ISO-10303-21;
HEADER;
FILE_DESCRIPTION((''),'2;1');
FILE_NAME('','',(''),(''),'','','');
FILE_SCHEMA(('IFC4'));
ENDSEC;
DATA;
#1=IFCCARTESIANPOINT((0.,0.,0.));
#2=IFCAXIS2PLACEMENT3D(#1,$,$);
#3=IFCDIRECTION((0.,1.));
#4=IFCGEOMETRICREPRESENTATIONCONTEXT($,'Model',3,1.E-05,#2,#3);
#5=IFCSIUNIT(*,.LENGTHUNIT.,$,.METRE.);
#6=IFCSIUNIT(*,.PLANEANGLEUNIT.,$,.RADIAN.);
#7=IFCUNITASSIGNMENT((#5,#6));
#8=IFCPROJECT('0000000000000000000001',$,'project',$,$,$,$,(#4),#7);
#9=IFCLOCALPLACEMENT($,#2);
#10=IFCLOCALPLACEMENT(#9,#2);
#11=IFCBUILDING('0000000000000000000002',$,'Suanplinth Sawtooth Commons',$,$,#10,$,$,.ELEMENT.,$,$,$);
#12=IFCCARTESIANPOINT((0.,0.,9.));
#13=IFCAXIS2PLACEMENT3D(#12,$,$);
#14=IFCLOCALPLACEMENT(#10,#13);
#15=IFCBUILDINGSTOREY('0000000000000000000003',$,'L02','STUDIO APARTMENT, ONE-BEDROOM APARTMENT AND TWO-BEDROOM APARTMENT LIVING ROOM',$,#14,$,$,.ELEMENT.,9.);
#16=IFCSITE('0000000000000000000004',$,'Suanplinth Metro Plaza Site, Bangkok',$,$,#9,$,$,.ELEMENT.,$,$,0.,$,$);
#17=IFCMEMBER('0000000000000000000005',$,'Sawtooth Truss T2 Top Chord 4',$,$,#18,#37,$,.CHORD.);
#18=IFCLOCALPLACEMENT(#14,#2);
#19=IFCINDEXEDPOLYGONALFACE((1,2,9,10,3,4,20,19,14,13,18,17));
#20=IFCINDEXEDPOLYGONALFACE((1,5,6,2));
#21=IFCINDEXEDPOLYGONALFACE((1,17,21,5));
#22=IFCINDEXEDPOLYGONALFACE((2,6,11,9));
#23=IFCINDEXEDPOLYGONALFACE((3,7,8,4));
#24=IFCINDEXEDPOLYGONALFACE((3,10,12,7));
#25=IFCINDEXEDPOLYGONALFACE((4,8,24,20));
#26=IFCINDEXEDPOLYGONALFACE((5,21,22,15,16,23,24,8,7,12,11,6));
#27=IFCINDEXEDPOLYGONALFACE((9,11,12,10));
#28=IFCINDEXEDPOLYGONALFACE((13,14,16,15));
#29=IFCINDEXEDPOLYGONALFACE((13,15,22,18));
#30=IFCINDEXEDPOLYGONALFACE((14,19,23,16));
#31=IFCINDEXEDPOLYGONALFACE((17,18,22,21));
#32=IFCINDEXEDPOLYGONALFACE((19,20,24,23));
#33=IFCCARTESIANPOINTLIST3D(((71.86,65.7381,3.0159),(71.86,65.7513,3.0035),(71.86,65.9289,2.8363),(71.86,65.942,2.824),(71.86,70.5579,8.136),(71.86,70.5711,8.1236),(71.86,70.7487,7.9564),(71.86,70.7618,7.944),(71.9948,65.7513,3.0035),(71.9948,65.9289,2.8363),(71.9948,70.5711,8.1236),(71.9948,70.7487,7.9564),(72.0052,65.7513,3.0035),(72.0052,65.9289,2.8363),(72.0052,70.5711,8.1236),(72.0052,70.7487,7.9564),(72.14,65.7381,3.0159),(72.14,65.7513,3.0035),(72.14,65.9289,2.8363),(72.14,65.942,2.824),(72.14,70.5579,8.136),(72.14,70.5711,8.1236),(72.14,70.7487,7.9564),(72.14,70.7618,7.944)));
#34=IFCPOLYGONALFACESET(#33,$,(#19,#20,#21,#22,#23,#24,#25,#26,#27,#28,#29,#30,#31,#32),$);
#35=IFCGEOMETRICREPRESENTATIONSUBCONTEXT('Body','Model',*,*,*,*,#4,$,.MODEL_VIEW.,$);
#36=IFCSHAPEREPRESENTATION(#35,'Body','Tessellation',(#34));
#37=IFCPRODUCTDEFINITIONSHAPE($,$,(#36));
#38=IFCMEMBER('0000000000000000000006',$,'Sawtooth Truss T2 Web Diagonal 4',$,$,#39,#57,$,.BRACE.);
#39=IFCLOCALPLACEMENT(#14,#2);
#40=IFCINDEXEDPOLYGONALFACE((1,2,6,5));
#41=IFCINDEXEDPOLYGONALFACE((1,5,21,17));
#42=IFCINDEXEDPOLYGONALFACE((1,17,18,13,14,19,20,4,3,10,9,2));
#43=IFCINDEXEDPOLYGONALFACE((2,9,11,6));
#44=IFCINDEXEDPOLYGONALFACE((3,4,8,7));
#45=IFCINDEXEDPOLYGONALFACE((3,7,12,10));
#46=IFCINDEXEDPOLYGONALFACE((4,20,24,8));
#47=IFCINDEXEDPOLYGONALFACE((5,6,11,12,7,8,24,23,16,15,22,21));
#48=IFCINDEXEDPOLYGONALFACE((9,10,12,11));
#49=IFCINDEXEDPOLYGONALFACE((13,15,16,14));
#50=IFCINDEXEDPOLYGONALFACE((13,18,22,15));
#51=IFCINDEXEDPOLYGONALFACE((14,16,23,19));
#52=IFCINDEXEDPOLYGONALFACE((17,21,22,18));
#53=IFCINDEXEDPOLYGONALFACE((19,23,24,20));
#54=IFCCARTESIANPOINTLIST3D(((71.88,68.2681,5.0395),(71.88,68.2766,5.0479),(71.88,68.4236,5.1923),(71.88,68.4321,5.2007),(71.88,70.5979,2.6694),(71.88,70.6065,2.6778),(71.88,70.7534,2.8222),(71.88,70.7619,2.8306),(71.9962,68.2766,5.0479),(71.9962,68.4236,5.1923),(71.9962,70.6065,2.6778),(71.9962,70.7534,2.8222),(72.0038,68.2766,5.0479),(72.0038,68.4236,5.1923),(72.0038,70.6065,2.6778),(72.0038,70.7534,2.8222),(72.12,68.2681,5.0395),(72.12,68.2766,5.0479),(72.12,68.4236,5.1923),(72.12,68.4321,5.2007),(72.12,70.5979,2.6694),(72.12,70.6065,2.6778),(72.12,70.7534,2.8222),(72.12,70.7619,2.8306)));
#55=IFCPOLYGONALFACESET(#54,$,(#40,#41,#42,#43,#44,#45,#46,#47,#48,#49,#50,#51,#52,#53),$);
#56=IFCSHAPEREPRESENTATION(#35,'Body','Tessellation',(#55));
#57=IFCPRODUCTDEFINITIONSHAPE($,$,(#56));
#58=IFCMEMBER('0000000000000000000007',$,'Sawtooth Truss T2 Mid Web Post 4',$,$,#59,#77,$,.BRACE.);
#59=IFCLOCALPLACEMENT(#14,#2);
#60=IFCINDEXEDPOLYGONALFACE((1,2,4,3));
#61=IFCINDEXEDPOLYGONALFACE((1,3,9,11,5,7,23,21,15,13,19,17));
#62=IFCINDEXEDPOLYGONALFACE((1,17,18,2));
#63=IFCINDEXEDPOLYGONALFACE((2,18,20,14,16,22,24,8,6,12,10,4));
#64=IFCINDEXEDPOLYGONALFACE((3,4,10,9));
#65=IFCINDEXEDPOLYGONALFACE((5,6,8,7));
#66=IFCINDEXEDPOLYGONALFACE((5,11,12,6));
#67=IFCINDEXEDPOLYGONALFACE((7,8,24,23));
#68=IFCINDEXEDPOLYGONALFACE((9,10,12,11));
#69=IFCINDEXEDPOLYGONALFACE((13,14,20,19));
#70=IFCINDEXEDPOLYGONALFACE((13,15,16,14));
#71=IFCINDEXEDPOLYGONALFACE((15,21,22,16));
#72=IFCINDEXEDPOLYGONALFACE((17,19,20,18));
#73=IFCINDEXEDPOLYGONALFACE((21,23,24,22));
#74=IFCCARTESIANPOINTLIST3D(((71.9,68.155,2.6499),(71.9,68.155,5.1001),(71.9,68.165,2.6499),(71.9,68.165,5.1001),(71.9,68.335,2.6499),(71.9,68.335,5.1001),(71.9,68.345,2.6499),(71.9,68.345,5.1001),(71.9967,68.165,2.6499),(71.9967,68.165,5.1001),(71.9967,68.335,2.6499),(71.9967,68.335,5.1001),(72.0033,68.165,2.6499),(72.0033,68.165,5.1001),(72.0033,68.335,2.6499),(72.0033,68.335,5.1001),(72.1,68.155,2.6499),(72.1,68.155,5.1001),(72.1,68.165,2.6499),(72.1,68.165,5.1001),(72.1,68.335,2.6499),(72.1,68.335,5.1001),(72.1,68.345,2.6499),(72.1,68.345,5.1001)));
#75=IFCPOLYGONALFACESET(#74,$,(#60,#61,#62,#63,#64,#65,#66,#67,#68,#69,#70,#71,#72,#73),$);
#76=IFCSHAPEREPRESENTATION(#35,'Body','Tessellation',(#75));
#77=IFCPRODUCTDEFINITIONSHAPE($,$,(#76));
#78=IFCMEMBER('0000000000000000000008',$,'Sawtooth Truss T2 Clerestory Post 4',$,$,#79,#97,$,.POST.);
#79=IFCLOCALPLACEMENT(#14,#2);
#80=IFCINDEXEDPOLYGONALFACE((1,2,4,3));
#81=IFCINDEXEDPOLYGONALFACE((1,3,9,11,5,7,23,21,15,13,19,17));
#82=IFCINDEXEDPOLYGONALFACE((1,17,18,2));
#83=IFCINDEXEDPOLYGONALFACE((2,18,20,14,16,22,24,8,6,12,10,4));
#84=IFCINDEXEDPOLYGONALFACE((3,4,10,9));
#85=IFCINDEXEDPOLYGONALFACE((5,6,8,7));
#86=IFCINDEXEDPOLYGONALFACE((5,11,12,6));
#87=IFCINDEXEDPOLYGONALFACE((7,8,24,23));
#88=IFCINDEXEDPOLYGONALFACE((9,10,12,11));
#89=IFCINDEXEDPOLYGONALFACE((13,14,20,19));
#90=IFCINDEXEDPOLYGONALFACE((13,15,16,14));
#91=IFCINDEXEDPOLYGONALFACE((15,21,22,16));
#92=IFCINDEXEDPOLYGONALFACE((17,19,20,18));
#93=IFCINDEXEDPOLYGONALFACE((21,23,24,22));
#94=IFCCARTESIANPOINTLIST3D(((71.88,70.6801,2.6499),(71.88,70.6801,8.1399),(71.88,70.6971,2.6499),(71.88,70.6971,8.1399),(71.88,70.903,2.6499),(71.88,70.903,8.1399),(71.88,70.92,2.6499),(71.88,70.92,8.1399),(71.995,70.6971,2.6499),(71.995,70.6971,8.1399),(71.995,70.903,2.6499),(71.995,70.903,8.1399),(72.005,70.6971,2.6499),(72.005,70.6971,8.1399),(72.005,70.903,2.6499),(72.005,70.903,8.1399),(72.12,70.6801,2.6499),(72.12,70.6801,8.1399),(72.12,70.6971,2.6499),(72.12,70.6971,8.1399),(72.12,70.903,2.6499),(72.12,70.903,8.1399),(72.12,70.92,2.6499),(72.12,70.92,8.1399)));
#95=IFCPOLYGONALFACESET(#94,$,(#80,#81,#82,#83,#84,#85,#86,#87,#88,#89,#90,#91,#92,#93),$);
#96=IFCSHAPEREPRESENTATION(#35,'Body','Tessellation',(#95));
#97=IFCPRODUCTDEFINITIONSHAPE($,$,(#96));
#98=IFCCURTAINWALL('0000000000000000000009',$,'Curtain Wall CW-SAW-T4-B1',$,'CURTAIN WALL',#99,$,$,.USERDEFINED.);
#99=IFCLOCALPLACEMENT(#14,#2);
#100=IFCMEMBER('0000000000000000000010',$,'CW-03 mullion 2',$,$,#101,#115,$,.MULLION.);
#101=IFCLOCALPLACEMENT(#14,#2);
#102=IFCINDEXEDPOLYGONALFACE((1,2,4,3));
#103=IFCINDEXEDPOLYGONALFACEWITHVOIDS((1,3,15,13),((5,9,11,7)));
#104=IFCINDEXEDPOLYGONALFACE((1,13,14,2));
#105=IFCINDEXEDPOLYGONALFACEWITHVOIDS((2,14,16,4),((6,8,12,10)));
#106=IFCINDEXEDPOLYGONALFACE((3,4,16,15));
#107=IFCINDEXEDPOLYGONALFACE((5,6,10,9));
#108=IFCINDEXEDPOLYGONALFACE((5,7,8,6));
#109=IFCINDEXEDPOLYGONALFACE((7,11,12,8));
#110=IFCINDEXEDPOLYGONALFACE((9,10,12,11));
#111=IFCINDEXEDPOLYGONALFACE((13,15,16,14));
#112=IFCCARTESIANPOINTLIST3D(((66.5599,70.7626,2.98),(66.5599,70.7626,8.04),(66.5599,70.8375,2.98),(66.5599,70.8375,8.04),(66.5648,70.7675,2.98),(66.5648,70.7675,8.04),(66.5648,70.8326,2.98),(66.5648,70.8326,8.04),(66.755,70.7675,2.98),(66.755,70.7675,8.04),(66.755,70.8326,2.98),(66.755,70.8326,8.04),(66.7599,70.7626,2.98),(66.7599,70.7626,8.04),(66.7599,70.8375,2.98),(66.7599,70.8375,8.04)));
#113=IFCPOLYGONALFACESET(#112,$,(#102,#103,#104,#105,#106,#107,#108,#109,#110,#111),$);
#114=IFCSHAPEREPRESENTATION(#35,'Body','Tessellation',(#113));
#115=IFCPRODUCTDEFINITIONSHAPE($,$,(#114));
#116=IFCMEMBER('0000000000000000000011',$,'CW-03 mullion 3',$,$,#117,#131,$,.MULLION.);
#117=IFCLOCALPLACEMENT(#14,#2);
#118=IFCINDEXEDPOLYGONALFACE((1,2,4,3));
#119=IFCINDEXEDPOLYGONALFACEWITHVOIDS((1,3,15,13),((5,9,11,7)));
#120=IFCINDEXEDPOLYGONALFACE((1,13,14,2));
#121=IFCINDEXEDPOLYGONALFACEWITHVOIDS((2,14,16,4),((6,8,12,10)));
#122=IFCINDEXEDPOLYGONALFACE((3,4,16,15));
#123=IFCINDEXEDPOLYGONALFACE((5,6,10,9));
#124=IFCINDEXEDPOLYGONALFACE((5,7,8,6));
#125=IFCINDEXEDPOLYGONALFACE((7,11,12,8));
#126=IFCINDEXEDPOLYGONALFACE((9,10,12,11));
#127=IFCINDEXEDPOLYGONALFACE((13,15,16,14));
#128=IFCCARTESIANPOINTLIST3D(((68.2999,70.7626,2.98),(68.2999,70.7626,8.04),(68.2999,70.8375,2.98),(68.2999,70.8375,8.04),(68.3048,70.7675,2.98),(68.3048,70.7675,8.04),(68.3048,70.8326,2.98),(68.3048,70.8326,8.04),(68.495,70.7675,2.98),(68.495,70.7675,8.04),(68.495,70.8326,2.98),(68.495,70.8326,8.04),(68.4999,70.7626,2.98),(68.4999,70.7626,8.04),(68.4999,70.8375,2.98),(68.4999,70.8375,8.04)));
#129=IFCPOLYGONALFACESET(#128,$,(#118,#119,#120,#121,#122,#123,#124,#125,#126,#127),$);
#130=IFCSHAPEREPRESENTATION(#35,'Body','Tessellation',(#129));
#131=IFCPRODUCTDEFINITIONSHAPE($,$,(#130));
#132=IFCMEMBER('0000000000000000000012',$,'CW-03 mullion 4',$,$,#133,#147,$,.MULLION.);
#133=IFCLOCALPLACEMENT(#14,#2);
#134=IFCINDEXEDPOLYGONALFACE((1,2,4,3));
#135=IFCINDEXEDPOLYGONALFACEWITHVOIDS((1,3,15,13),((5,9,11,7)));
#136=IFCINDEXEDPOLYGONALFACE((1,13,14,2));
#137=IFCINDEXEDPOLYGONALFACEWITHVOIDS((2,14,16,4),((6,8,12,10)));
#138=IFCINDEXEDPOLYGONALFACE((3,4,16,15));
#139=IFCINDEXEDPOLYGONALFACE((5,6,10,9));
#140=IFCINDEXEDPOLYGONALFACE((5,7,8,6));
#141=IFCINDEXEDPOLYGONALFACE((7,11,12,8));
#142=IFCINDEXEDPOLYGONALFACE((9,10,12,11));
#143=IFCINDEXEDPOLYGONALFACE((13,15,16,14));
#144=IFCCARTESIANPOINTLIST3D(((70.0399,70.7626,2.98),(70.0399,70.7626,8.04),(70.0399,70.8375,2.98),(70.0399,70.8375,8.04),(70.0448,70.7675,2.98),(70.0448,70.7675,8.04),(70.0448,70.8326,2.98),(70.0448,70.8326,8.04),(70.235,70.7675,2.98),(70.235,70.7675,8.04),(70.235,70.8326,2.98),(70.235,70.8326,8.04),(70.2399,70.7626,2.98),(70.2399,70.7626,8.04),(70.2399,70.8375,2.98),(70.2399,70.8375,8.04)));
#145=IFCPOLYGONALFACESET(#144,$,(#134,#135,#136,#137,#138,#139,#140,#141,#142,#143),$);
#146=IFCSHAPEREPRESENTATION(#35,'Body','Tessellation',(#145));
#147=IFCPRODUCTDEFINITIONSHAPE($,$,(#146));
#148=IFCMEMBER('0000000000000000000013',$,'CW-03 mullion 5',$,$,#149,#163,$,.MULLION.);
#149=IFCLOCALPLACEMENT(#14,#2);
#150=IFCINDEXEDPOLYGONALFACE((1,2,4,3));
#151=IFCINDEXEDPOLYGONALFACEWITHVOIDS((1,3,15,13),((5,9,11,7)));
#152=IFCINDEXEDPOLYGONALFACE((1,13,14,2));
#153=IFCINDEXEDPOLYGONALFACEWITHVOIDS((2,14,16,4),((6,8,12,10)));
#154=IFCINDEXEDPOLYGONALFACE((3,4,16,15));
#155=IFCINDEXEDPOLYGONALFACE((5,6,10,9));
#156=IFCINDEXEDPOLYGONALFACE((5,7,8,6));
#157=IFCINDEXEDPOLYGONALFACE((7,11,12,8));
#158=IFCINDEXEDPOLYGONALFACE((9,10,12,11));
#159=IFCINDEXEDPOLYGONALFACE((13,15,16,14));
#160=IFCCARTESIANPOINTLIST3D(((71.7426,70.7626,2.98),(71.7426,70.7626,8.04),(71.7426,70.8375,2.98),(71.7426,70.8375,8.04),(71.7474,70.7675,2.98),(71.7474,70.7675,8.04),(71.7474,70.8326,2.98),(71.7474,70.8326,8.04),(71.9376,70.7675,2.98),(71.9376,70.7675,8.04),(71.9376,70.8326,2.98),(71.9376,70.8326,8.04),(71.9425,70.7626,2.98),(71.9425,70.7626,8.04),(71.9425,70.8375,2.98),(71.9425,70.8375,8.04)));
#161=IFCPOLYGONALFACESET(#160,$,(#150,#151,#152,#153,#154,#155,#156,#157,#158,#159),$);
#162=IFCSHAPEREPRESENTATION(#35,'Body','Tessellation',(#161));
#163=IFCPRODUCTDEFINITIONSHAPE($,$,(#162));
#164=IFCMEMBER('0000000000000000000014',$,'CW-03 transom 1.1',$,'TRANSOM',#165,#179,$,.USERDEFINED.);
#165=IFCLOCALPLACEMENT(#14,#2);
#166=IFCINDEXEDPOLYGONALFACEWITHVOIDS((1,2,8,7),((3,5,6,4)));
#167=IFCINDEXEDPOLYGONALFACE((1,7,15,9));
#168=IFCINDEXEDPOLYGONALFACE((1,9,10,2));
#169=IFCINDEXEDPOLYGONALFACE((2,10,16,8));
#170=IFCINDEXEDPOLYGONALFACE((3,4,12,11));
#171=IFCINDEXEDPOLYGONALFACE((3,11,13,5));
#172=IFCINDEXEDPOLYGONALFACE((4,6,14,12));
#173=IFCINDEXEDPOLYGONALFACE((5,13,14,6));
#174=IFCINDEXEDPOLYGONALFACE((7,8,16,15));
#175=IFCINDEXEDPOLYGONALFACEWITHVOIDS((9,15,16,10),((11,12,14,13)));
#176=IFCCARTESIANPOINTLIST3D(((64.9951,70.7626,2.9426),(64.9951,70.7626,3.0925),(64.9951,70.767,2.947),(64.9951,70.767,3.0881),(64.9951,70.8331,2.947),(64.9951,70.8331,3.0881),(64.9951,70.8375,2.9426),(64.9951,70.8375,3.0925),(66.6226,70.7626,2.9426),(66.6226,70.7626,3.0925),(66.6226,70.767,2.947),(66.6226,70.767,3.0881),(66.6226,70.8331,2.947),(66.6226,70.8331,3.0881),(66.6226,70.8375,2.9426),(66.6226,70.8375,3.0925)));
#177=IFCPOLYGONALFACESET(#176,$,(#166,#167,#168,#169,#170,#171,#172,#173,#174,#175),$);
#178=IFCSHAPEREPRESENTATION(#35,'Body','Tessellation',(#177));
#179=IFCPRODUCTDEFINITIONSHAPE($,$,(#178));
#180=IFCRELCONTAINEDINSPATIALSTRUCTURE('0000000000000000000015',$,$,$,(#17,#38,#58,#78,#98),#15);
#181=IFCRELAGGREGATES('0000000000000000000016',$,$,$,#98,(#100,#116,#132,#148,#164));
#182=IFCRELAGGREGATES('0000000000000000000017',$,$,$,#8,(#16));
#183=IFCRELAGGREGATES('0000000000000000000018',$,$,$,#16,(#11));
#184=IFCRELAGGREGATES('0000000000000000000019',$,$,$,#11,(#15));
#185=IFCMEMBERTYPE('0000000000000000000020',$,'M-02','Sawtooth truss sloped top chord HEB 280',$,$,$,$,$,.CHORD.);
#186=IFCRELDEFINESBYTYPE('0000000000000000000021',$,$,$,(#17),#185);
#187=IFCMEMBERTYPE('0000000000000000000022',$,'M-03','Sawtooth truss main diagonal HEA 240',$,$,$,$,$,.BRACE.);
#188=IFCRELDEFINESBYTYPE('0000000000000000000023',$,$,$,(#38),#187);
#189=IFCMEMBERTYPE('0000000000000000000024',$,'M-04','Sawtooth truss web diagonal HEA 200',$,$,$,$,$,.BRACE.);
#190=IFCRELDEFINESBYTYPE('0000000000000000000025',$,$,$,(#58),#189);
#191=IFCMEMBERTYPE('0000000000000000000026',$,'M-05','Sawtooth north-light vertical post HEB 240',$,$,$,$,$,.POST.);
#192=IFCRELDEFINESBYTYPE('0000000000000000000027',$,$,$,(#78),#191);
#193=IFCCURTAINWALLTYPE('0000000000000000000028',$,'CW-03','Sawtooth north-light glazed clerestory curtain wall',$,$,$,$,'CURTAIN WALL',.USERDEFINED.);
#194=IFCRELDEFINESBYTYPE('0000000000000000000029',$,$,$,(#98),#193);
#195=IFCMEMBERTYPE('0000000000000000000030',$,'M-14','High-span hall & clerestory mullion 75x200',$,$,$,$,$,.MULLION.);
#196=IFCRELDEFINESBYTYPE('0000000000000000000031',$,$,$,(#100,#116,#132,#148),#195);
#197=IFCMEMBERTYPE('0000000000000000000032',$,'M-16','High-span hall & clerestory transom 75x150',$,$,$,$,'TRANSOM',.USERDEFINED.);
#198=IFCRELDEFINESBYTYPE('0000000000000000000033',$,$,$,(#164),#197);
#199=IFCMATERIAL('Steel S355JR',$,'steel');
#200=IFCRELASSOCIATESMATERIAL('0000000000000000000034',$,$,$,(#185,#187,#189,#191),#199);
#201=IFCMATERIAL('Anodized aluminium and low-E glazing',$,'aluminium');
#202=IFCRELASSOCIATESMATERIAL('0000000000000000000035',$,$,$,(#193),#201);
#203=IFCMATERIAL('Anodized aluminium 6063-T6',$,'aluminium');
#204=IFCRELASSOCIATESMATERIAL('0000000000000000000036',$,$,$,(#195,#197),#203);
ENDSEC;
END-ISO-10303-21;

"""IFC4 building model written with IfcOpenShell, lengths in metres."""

from ifc_helpers import new_model, si_unit, direction, frame, origin, origin_2d, place, context, subcontext, project, spatial, hollow_rectangle, i_section, extrude, material, material_profile, profile_set, type_object, element, aggregate, save


model = new_model("IFC4")

# Units and contexts
model_context = context("Model", 3, precision=1e-05, world=origin(), true_north=direction((0.0, 1.0)))
body_context = subcontext(model_context, "Body", "Model", "MODEL_VIEW")
ifc_project = project(units=[si_unit("LENGTHUNIT", "METRE"), si_unit("PLANEANGLEUNIT", "RADIAN")], contexts=[model_context])

# Site, building, storey
site_placement = place(None, origin())
site = spatial("IfcSite", under=ifc_project, at=site_placement, Name="Suanplinth Metro Plaza Site, Bangkok", CompositionType="ELEMENT", RefElevation=0.0)
building_placement = place(site_placement, origin())
building = spatial("IfcBuilding", under=site, at=building_placement, Name="Suanplinth Sawtooth Commons", CompositionType="ELEMENT")
storey_placement = place(building_placement, frame((0.0, 0.0, 9.0)))
storey = spatial("IfcBuildingStorey", under=building, at=storey_placement, Name="L02", Description="STUDIO APARTMENT, ONE-BEDROOM APARTMENT AND TWO-BEDROOM APARTMENT LIVING ROOM", CompositionType="ELEMENT", Elevation=9.0)

# Members
ifc_material_1 = material(Name="Steel S355JR", Category="steel")
ifc_material_profile_1 = material_profile(ifc_material_1, i_section(OverallWidth=0.28, OverallDepth=0.28, WebThickness=0.0105, FlangeThickness=0.0181, at=origin_2d()), Name="HEB 280")
ifc_profile_set_1 = profile_set([ifc_material_profile_1], Name="Steel S355JR")
member_type_1 = type_object("IfcMemberType", Name="M-02", Description="Sawtooth truss sloped top chord HEB 280", PredefinedType="CHORD", material=ifc_profile_set_1)
member_1_placement = place(storey_placement, frame((72.0, 65.8401, 2.9199), z_axis=(0.0, 0.685432, 0.728137), x_axis=(-1.0, 0.0, 0.0)))
element("IfcMember", 1, at=member_1_placement, inside=storey, type_object=member_type_1, Name="Sawtooth Truss T2 Top Chord 4", PredefinedType="CHORD", context=body_context, shape_type="SweptSolid", body=[
    extrude(i_section(OverallWidth=0.28, OverallDepth=0.28, WebThickness=0.0105, FlangeThickness=0.0181, at=origin_2d()), origin(), (0.0, 0.0, 1.0), 7.0317),
])
ifc_material_profile_2 = material_profile(ifc_material_1, i_section(OverallWidth=0.24, OverallDepth=0.23, WebThickness=0.0076, FlangeThickness=0.012, at=origin_2d()), Name="HEA 240")
ifc_profile_set_2 = profile_set([ifc_material_profile_2], Name="Steel S355JR")
member_type_2 = type_object("IfcMemberType", Name="M-03", Description="Sawtooth truss main diagonal HEA 240", PredefinedType="BRACE", material=ifc_profile_set_2)
member_2_placement = place(storey_placement, frame((72.0, 68.3501, 5.1201), z_axis=(0.0, 0.70102, -0.713141), x_axis=(-1.0, 0.0, 0.0)))
element("IfcMember", 2, at=member_2_placement, inside=storey, type_object=member_type_2, Name="Sawtooth Truss T2 Web Diagonal 4", PredefinedType="BRACE", context=body_context, shape_type="SweptSolid", body=[
    extrude(i_section(OverallWidth=0.24, OverallDepth=0.23, WebThickness=0.0076, FlangeThickness=0.012, at=origin_2d()), origin(), (0.0, 0.0, 1.0), 3.3235),
])
ifc_material_profile_3 = material_profile(ifc_material_1, i_section(OverallWidth=0.2, OverallDepth=0.1899, WebThickness=0.0066, FlangeThickness=0.01, at=origin_2d()), Name="HEA 200")
ifc_profile_set_3 = profile_set([ifc_material_profile_3], Name="Steel S355JR")
member_type_3 = type_object("IfcMemberType", Name="M-04", Description="Sawtooth truss web diagonal HEA 200", PredefinedType="BRACE", material=ifc_profile_set_3)
member_3_placement = place(storey_placement, frame((72.0, 68.25, 2.6499), z_axis=(0.0, 0.0, 1.0), x_axis=(1.0, 0.0, 0.0)))
element("IfcMember", 3, at=member_3_placement, inside=storey, type_object=member_type_3, Name="Sawtooth Truss T2 Mid Web Post 4", PredefinedType="BRACE", context=body_context, shape_type="SweptSolid", body=[
    extrude(i_section(OverallWidth=0.2, OverallDepth=0.1899, WebThickness=0.0066, FlangeThickness=0.01, at=origin_2d()), origin(), (0.0, 0.0, 1.0), 2.4502),
])
ifc_material_profile_4 = material_profile(ifc_material_1, i_section(OverallWidth=0.24, OverallDepth=0.24, WebThickness=0.01, FlangeThickness=0.0171, at=origin_2d()), Name="HEB 240")
ifc_profile_set_4 = profile_set([ifc_material_profile_4], Name="Steel S355JR")
member_type_4 = type_object("IfcMemberType", Name="M-05", Description="Sawtooth north-light vertical post HEB 240", PredefinedType="POST", material=ifc_profile_set_4)
member_4_placement = place(storey_placement, frame((72.0, 70.8, 2.6499), z_axis=(0.0, 0.0, 1.0), x_axis=(1.0, 0.0, 0.0)))
element("IfcMember", 4, at=member_4_placement, inside=storey, type_object=member_type_4, Name="Sawtooth Truss T2 Clerestory Post 4", PredefinedType="POST", context=body_context, shape_type="SweptSolid", body=[
    extrude(i_section(OverallWidth=0.24, OverallDepth=0.24, WebThickness=0.01, FlangeThickness=0.0171, at=origin_2d()), origin(), (0.0, 0.0, 1.0), 5.49),
])

# Curtain wall, members
ifc_material_2 = material(Name="Anodized aluminium and low-E glazing", Category="aluminium")
curtain_wall_type = type_object("IfcCurtainWallType", Name="CW-03", Description="Sawtooth north-light glazed clerestory curtain wall", ElementType="CURTAIN WALL", PredefinedType="USERDEFINED", material=ifc_material_2)
curtain_wall_placement = place(storey_placement, origin())
curtain_wall = element("IfcCurtainWall", 5, at=curtain_wall_placement, inside=storey, type_object=curtain_wall_type, Name="Curtain Wall CW-SAW-T4-B1", ObjectType="CURTAIN WALL", PredefinedType="USERDEFINED")
ifc_material_3 = material(Name="Anodized aluminium 6063-T6", Category="aluminium")
ifc_material_profile_5 = material_profile(ifc_material_3, hollow_rectangle(XDim=0.075, YDim=0.2, WallThickness=0.0049, at=origin_2d()), Name="ALU-MUL 75x200")
ifc_profile_set_5 = profile_set([ifc_material_profile_5], Name="Anodized aluminium 6063-T6")
member_type_5 = type_object("IfcMemberType", Name="M-14", Description="High-span hall & clerestory mullion 75x200", PredefinedType="MULLION", material=ifc_profile_set_5)
member_5_placement = place(storey_placement, frame((66.6599, 70.8, 2.98), z_axis=(0.0, 0.0, 1.0), x_axis=(0.0, 1.0, 0.0)))
member_5 = element("IfcMember", 6, at=member_5_placement, type_object=member_type_5, Name="CW-03 mullion 2", PredefinedType="MULLION", context=body_context, shape_type="SweptSolid", body=[
    extrude(hollow_rectangle(XDim=0.075, YDim=0.2, WallThickness=0.0049, at=origin_2d()), origin(), (0.0, 0.0, 1.0), 5.0601),
])
member_6_placement = place(storey_placement, frame((68.3999, 70.8, 2.98), z_axis=(0.0, 0.0, 1.0), x_axis=(0.0, 1.0, 0.0)))
member_6 = element("IfcMember", 7, at=member_6_placement, type_object=member_type_5, Name="CW-03 mullion 3", PredefinedType="MULLION", context=body_context, shape_type="SweptSolid", body=[
    extrude(hollow_rectangle(XDim=0.075, YDim=0.2, WallThickness=0.0049, at=origin_2d()), origin(), (0.0, 0.0, 1.0), 5.0601),
])
member_7_placement = place(storey_placement, frame((70.1399, 70.8, 2.98), z_axis=(0.0, 0.0, 1.0), x_axis=(0.0, 1.0, 0.0)))
member_7 = element("IfcMember", 8, at=member_7_placement, type_object=member_type_5, Name="CW-03 mullion 4", PredefinedType="MULLION", context=body_context, shape_type="SweptSolid", body=[
    extrude(hollow_rectangle(XDim=0.075, YDim=0.2, WallThickness=0.0049, at=origin_2d()), origin(), (0.0, 0.0, 1.0), 5.0601),
])
member_8_placement = place(storey_placement, frame((71.8425, 70.8, 2.98), z_axis=(0.0, 0.0, 1.0), x_axis=(0.0, 1.0, 0.0)))
member_8 = element("IfcMember", 9, at=member_8_placement, type_object=member_type_5, Name="CW-03 mullion 5", PredefinedType="MULLION", context=body_context, shape_type="SweptSolid", body=[
    extrude(hollow_rectangle(XDim=0.075, YDim=0.2, WallThickness=0.0049, at=origin_2d()), origin(), (0.0, 0.0, 1.0), 5.0601),
])
ifc_material_profile_6 = material_profile(ifc_material_3, hollow_rectangle(XDim=0.075, YDim=0.1499, WallThickness=0.0044, at=origin_2d()), Name="ALU-TRN 75x150")
ifc_profile_set_6 = profile_set([ifc_material_profile_6], Name="Anodized aluminium 6063-T6")
member_type_6 = type_object("IfcMemberType", Name="M-16", Description="High-span hall & clerestory transom 75x150", ElementType="TRANSOM", PredefinedType="USERDEFINED", material=ifc_profile_set_6)
member_9_placement = place(storey_placement, frame((64.9951, 70.8, 3.0176), z_axis=(1.0, 0.0, 0.0), x_axis=(0.0, 1.0, 0.0)))
member_9 = element("IfcMember", 10, at=member_9_placement, type_object=member_type_6, Name="CW-03 transom 1.1", ObjectType="TRANSOM", PredefinedType="USERDEFINED", context=body_context, shape_type="SweptSolid", body=[
    extrude(hollow_rectangle(XDim=0.075, YDim=0.1499, WallThickness=0.0044, at=origin_2d()), origin(), (0.0, 0.0, 1.0), 1.6274),
])

aggregate(curtain_wall, [member_5, member_6, member_7, member_8, member_9])

save(model, "model.ifc")
